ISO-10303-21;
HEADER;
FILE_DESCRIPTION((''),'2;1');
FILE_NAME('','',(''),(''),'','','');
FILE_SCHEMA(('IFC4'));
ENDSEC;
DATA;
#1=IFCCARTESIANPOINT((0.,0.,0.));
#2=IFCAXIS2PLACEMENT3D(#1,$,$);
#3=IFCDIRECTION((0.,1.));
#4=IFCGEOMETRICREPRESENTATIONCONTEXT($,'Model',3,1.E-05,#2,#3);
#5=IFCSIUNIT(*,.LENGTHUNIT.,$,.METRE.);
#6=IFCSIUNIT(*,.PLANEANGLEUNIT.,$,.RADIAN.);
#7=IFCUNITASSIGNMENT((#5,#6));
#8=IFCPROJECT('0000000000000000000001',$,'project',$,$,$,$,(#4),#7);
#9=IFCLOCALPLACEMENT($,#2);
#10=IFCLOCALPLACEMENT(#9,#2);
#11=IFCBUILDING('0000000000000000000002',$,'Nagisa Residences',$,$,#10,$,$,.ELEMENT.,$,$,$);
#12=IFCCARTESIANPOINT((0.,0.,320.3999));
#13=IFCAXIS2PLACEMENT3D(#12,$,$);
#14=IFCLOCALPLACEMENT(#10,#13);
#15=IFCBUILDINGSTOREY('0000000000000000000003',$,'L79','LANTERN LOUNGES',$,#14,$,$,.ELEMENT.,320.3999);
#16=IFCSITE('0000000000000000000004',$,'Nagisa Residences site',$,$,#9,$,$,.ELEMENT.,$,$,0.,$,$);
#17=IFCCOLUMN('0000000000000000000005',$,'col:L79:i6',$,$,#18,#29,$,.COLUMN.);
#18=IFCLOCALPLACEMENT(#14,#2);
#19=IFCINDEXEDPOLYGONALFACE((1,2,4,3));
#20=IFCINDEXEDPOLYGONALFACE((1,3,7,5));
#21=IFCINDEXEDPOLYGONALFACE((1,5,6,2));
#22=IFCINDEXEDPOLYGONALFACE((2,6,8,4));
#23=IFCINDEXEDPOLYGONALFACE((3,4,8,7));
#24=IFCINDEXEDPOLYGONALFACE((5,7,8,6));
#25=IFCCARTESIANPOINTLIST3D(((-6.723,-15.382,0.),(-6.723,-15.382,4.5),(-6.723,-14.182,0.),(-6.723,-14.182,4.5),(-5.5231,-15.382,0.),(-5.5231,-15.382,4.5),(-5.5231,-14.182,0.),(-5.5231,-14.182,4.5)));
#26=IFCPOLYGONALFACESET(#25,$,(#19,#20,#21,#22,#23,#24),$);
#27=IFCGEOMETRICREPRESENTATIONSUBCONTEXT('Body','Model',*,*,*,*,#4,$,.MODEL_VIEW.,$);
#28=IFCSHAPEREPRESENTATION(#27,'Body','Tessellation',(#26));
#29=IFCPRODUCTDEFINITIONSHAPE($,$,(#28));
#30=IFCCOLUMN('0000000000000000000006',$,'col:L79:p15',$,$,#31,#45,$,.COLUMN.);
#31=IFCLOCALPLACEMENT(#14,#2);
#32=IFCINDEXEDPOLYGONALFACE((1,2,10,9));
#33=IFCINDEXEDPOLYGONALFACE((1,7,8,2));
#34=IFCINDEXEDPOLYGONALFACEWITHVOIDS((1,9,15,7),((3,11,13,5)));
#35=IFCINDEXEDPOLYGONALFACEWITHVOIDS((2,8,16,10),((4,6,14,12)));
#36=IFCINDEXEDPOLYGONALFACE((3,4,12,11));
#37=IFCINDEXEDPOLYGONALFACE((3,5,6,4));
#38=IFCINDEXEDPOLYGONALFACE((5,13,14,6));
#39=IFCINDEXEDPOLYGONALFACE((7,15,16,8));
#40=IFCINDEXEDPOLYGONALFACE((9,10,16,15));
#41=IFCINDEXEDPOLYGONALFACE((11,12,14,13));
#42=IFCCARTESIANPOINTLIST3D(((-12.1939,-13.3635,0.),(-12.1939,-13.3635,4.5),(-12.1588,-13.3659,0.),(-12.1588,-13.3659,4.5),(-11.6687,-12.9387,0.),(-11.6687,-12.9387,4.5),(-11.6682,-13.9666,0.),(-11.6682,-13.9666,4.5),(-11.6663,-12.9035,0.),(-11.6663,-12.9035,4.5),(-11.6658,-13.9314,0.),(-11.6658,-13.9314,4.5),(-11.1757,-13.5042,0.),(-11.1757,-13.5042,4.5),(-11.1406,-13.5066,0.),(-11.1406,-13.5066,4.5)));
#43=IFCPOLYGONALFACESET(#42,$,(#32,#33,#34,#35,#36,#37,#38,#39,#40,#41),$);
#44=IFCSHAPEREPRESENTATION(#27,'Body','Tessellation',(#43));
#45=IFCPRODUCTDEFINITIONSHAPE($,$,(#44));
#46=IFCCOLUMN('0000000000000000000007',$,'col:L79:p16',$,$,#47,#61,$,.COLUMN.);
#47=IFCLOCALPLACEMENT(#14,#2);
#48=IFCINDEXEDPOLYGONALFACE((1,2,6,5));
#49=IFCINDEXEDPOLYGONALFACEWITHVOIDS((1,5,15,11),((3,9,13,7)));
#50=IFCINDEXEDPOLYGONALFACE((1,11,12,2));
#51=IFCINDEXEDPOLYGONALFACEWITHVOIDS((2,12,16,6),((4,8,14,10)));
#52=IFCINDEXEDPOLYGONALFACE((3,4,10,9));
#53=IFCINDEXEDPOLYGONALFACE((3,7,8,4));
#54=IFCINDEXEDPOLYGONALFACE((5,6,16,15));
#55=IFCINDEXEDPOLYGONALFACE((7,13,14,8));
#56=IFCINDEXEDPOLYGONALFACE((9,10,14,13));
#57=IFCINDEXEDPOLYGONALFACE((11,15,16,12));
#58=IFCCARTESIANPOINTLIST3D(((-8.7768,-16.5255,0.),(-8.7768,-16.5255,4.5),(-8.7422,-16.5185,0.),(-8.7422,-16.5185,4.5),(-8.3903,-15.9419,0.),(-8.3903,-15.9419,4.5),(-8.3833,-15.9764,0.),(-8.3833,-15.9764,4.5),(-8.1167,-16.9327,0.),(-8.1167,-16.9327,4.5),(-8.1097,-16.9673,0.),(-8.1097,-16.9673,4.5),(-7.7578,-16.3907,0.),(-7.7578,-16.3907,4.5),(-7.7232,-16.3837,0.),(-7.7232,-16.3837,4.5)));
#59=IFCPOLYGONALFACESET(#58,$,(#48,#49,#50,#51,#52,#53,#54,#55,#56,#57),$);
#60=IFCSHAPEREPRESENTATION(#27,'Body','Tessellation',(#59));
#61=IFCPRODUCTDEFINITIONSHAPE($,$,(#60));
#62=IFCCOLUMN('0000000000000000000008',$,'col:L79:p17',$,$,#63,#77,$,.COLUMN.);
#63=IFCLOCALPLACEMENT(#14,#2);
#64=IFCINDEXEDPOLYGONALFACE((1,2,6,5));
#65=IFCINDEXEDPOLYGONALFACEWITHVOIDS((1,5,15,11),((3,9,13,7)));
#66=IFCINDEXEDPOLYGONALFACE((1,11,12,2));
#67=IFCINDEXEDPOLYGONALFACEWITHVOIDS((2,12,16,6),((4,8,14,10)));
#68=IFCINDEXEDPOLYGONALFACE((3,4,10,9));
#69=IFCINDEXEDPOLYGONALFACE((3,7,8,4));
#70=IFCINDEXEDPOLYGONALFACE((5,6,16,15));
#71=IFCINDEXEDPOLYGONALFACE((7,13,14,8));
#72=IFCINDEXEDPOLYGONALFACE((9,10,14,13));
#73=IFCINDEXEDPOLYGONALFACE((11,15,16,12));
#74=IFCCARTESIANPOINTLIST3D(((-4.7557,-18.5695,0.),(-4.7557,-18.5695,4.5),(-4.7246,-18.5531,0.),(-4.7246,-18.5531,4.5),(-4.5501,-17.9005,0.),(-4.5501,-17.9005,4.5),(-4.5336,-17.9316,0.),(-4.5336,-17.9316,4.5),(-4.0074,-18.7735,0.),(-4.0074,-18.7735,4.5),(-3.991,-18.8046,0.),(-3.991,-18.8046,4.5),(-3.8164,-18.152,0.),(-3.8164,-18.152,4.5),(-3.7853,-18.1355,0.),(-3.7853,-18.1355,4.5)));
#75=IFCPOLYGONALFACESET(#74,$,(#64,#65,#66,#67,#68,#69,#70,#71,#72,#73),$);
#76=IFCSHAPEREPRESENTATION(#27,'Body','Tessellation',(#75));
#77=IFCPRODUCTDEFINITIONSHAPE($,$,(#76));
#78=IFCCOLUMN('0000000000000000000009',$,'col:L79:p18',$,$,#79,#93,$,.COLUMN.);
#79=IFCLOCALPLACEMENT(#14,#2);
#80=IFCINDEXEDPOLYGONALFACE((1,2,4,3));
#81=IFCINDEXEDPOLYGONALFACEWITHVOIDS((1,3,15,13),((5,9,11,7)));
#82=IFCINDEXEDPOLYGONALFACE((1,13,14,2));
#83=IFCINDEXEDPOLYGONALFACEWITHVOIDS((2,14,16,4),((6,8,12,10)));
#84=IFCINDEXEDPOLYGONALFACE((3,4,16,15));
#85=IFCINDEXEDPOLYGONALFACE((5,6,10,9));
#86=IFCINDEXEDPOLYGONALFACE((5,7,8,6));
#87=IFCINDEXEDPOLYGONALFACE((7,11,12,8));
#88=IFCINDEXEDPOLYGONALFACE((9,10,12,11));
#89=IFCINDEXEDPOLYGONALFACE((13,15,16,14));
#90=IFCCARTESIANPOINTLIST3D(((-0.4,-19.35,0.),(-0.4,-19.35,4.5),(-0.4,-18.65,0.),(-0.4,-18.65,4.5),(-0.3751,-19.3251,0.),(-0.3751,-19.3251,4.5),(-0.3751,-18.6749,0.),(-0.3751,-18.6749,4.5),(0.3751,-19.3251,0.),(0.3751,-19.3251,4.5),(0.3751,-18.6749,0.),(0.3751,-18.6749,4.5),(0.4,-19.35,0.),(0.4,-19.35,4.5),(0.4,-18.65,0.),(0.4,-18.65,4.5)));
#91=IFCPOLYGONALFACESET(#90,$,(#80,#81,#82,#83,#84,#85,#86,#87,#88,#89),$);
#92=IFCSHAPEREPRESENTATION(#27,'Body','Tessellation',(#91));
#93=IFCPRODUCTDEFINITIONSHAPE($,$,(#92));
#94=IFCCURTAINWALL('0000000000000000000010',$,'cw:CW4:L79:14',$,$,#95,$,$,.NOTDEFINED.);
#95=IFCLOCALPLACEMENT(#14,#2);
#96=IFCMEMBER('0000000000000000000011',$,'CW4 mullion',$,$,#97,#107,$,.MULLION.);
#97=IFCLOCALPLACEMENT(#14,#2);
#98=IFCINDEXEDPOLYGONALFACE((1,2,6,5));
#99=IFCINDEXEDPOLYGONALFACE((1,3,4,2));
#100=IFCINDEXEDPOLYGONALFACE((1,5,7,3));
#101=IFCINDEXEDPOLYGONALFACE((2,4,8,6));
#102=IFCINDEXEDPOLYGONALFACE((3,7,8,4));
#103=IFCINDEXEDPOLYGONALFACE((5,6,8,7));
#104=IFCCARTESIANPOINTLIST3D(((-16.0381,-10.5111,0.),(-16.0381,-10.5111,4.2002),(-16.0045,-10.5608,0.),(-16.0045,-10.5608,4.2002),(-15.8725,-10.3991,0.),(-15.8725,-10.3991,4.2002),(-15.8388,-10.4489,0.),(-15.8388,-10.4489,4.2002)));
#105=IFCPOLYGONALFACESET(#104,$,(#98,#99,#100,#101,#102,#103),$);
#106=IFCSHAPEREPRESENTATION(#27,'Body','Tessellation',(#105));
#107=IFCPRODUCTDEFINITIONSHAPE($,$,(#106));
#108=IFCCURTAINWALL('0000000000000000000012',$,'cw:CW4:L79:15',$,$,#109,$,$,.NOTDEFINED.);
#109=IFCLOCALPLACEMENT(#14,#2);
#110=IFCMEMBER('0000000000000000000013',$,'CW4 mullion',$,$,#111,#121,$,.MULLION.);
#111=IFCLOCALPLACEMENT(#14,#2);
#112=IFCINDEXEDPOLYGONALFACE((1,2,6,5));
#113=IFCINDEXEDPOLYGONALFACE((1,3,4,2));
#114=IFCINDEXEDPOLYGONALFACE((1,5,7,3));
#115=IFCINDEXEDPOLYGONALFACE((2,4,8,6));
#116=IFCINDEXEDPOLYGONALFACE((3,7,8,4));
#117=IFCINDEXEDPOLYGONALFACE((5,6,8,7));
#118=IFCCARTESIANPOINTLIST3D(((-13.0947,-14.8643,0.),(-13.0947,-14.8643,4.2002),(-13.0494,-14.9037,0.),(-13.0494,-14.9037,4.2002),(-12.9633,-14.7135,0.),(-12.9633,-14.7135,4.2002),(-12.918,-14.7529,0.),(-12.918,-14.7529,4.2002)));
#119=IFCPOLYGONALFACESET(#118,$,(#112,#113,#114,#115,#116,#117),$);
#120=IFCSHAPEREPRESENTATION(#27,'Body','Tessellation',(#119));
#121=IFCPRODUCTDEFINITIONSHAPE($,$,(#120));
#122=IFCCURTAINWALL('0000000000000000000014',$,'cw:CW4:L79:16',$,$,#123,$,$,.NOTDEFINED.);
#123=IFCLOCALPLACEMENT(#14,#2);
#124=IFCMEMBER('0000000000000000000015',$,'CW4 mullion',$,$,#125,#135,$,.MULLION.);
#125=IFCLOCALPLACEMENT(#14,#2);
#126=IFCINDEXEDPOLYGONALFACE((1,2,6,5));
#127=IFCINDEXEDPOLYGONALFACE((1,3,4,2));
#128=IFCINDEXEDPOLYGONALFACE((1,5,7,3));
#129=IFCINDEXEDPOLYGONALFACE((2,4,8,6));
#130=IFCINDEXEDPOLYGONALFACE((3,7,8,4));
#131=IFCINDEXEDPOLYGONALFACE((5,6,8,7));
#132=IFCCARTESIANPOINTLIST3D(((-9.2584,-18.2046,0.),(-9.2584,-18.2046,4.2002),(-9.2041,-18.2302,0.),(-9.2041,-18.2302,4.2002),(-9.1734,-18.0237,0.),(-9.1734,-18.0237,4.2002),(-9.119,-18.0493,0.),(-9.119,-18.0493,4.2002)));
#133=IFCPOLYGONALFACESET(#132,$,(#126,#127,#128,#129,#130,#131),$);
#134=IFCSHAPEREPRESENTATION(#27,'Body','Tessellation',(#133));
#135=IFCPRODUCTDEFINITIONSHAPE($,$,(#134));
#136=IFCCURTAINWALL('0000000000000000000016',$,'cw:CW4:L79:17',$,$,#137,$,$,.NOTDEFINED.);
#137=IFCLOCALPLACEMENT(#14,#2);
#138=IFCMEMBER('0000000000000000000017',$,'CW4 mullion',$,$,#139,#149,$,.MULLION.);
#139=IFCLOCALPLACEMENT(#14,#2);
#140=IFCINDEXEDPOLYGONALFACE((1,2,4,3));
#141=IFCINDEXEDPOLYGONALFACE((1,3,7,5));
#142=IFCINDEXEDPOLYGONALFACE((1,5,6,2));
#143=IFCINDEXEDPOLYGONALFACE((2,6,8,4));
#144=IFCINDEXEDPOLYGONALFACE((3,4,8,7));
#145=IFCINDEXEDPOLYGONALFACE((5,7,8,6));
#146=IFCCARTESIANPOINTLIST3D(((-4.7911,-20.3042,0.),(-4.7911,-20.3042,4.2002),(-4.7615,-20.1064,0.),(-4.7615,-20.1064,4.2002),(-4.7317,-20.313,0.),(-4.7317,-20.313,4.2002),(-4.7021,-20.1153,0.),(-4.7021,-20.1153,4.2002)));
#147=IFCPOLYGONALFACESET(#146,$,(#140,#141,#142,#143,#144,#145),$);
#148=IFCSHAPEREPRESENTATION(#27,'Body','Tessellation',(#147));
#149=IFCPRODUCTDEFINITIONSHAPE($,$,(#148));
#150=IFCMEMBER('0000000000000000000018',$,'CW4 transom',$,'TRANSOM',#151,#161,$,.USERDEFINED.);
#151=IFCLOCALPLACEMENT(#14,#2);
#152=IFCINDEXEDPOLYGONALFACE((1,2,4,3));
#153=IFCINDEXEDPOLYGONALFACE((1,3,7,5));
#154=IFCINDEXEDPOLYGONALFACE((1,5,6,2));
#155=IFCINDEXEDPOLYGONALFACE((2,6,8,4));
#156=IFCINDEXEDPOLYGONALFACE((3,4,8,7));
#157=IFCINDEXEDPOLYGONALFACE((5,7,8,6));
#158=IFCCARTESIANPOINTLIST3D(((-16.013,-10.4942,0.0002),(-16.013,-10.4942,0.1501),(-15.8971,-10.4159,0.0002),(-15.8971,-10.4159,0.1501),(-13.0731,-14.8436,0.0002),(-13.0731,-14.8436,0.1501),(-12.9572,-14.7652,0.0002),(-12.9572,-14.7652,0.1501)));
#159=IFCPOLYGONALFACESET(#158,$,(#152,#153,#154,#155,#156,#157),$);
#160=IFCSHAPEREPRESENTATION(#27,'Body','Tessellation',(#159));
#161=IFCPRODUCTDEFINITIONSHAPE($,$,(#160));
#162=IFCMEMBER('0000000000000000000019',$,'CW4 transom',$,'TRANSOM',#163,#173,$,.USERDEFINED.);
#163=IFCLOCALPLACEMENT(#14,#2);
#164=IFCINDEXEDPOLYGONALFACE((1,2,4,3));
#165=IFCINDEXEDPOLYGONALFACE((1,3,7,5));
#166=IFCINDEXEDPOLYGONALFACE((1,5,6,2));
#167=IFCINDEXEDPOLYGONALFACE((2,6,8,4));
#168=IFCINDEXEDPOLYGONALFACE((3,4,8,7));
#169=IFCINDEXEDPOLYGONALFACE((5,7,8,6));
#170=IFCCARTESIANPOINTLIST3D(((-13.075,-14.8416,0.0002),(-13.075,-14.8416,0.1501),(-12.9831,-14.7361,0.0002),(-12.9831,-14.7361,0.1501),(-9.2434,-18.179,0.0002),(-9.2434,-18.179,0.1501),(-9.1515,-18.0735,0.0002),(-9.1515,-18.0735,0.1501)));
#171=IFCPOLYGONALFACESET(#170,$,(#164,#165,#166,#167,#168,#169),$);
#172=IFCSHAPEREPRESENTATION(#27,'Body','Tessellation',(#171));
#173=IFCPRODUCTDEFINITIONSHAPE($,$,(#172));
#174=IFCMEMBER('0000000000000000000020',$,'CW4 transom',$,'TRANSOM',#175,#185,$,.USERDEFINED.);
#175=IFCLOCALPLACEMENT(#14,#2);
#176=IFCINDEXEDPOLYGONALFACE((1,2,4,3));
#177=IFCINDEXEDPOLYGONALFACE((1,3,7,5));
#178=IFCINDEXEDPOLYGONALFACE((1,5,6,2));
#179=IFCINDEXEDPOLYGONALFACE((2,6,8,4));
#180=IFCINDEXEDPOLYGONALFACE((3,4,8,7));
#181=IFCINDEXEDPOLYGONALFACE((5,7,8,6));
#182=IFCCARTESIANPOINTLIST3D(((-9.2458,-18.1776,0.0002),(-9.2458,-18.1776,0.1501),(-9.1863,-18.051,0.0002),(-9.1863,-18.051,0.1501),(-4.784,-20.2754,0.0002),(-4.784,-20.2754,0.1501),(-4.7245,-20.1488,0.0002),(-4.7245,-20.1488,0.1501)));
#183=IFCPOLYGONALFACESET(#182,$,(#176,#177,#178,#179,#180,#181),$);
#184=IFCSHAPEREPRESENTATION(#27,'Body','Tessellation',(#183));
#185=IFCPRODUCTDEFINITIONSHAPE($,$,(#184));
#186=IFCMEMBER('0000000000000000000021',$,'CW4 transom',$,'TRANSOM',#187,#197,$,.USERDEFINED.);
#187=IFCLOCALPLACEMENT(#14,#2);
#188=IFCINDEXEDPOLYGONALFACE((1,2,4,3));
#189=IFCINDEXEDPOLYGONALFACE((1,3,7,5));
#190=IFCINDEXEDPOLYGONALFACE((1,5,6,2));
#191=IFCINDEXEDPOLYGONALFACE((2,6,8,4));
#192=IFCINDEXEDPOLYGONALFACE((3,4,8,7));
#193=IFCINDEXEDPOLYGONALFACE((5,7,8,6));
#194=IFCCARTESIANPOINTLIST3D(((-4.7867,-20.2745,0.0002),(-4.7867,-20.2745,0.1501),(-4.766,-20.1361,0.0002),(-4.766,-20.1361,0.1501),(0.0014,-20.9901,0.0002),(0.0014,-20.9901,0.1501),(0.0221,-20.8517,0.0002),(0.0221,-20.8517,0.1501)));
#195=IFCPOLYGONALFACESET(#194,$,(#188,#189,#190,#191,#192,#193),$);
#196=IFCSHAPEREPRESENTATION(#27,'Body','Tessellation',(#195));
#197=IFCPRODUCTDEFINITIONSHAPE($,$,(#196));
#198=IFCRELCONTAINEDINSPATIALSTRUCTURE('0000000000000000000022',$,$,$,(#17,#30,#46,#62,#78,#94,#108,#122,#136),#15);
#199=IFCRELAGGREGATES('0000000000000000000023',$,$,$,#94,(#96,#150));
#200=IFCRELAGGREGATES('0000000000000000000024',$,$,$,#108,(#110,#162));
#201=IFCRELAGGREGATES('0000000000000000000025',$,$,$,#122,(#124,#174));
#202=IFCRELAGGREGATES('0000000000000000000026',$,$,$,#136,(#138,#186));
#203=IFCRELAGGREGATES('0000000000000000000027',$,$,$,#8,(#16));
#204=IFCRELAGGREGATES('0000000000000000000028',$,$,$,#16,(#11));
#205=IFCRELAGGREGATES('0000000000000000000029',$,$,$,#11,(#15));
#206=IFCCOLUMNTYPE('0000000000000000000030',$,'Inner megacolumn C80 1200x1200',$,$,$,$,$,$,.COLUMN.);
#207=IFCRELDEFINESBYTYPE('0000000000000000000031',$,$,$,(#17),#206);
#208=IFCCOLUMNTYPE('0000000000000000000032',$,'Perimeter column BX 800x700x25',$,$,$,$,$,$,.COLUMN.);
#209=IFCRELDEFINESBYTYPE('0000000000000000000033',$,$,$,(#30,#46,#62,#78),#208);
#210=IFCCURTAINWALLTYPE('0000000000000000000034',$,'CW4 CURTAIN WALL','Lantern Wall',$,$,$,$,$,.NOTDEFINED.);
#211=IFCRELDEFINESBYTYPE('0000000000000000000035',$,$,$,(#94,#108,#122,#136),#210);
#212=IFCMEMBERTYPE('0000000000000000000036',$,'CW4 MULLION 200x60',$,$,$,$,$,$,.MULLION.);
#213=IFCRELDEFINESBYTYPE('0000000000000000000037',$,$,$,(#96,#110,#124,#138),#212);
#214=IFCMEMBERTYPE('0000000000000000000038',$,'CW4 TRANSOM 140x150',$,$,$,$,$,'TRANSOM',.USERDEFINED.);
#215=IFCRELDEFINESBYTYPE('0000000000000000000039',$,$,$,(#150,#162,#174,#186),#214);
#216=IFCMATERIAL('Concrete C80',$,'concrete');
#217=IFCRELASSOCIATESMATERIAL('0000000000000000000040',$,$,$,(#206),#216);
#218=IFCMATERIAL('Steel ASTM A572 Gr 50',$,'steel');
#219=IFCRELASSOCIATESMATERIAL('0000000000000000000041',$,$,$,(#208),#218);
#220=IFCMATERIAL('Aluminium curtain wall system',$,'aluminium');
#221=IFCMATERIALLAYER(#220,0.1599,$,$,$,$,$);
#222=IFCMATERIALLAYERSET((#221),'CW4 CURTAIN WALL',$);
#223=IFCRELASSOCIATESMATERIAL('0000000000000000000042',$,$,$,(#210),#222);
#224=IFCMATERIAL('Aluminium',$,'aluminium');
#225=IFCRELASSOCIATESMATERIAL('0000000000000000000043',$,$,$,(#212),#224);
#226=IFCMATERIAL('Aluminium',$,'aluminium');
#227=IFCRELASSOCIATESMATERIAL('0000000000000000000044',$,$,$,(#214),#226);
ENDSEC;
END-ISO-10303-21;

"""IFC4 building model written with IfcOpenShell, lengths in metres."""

from ifc_helpers import new_model, si_unit, direction, frame, origin, origin_2d, place, context, subcontext, project, spatial, rectangle, hollow_rectangle, extrude, material, layer, layer_set, material_profile, profile_set, type_object, element, aggregate, save


model = new_model("IFC4")

# Units and contexts
model_context = context("Model", 3, precision=1e-05, world=origin(), true_north=direction((0.0, 1.0)))
body_context = subcontext(model_context, "Body", "Model", "MODEL_VIEW")
ifc_project = project(units=[si_unit("LENGTHUNIT", "METRE"), si_unit("PLANEANGLEUNIT", "RADIAN")], contexts=[model_context])

# Site, building, storey
site_placement = place(None, origin())
site = spatial("IfcSite", under=ifc_project, at=site_placement, Name="Nagisa Residences site", CompositionType="ELEMENT", RefElevation=0.0)
building_placement = place(site_placement, origin())
building = spatial("IfcBuilding", under=site, at=building_placement, Name="Nagisa Residences", CompositionType="ELEMENT")
storey_placement = place(building_placement, frame((0.0, 0.0, 320.3999)))
storey = spatial("IfcBuildingStorey", under=building, at=storey_placement, Name="L79", Description="LANTERN LOUNGES", CompositionType="ELEMENT", Elevation=320.3999)

# Columns
ifc_material_1 = material(Name="Concrete C80", Category="concrete")
ifc_material_profile_1 = material_profile(ifc_material_1, rectangle(XDim=1.2, YDim=1.2, at=origin_2d()), Name="C80 1200x1200")
ifc_profile_set_1 = profile_set([ifc_material_profile_1], Name="Concrete C80")
column_type_1 = type_object("IfcColumnType", Name="Inner megacolumn C80 1200x1200", PredefinedType="COLUMN", material=ifc_profile_set_1)
column_placement = place(storey_placement, frame((-6.123, -14.782, 0.0), z_axis=(0.0, 0.0, 1.0), x_axis=(1.0, 0.0, 0.0)))
element("IfcColumn", 1, at=column_placement, inside=storey, type_object=column_type_1, Name="col:L79:i6", PredefinedType="COLUMN", context=body_context, shape_type="SweptSolid", body=[
    extrude(rectangle(XDim=1.2, YDim=1.2, at=origin_2d()), origin(), (0.0, 0.0, 1.0), 4.5),
])
ifc_material_2 = material(Name="Steel ASTM A572 Gr 50", Category="steel")
ifc_material_profile_2 = material_profile(ifc_material_2, hollow_rectangle(XDim=0.8, YDim=0.7, WallThickness=0.0249, at=origin_2d()), Name="BX 800x700x25")
ifc_profile_set_2 = profile_set([ifc_material_profile_2], Name="Steel ASTM A572 Gr 50")
column_type_2 = type_object("IfcColumnType", Name="Perimeter column BX 800x700x25", PredefinedType="COLUMN", material=ifc_profile_set_2)
for number, where, z_axis, x_axis, name in (
    (2, (-11.6672, -13.4351, 0.0), (0.0, 0.0, 1.0), (0.657135, -0.753773, 0.0), "col:L79:p15"),
    (3, (-8.25, -16.4546, 0.0), (0.0, 0.0, 1.0), (0.833744, -0.552151, 0.0), "col:L79:p16"),
    (4, (-4.2705, -18.3525, 0.0), (0.0, 0.0, 1.0), (0.95587, -0.29379, 0.0), "col:L79:p17"),
    (5, (0.0, -19.0, 0.0), (0.0, 0.0, 1.0), (1.0, 0.0, 0.0), "col:L79:p18"),
):
    element("IfcColumn", number, at=place(storey_placement, frame(where, z_axis=z_axis, x_axis=x_axis)), inside=storey, type_object=column_type_2, Name=name, PredefinedType="COLUMN", context=body_context, shape_type="SweptSolid", body=[
        extrude(hollow_rectangle(XDim=0.8, YDim=0.7, WallThickness=0.0249, at=origin_2d()), origin(), (0.0, 0.0, 1.0), 4.5),
    ])

# Curtain walls, members
ifc_material_3 = material(Name="Aluminium curtain wall system", Category="aluminium")
ifc_layer_1 = layer(ifc_material_3, 0.1599)
ifc_layer_set_1 = layer_set([ifc_layer_1], Name="CW4 CURTAIN WALL")
curtain_wall_type = type_object("IfcCurtainWallType", Name="CW4 CURTAIN WALL", Description="Lantern Wall", PredefinedType="NOTDEFINED", material=ifc_layer_set_1)
curtain_wall_1_placement = place(storey_placement, origin())
curtain_wall_1 = element("IfcCurtainWall", 6, at=curtain_wall_1_placement, inside=storey, type_object=curtain_wall_type, Name="cw:CW4:L79:14", PredefinedType="NOTDEFINED")
ifc_material_4 = material(Name="Aluminium", Category="aluminium")
ifc_material_profile_3 = material_profile(ifc_material_4, rectangle(XDim=0.2, YDim=0.0601, at=origin_2d()), Name="CW4 MULLION 200x60")
ifc_profile_set_3 = profile_set([ifc_material_profile_3], Name="Aluminium")
member_type_1 = type_object("IfcMemberType", Name="CW4 MULLION 200x60", PredefinedType="MULLION", material=ifc_profile_set_3)
member_1_placement = place(storey_placement, frame((-15.9385, -10.48, 0.0), z_axis=(0.0, 0.0, 1.0), x_axis=(0.828473, 0.56003, 0.0)))
member_1 = element("IfcMember", 7, at=member_1_placement, type_object=member_type_1, Name="CW4 mullion", PredefinedType="MULLION", context=body_context, shape_type="SweptSolid", body=[
    extrude(rectangle(XDim=0.2, YDim=0.0601, at=origin_2d()), origin(), (0.0, 0.0, 1.0), 4.2002),
])
curtain_wall_2_placement = place(storey_placement, origin())
curtain_wall_2 = element("IfcCurtainWall", 8, at=curtain_wall_2_placement, inside=storey, type_object=curtain_wall_type, Name="cw:CW4:L79:15", PredefinedType="NOTDEFINED")
member_2_placement = place(storey_placement, frame((-13.0063, -14.8086, 0.0), z_axis=(0.0, 0.0, 1.0), x_axis=(0.656803, 0.754062, 0.0)))
member_2 = element("IfcMember", 9, at=member_2_placement, type_object=member_type_1, Name="CW4 mullion", PredefinedType="MULLION", context=body_context, shape_type="SweptSolid", body=[
    extrude(rectangle(XDim=0.2, YDim=0.0601, at=origin_2d()), origin(), (0.0, 0.0, 1.0), 4.2002),
])
curtain_wall_3_placement = place(storey_placement, origin())
curtain_wall_3 = element("IfcCurtainWall", 10, at=curtain_wall_3_placement, inside=storey, type_object=curtain_wall_type, Name="cw:CW4:L79:16", PredefinedType="NOTDEFINED")
member_3_placement = place(storey_placement, frame((-9.1887, -18.127, 0.0), z_axis=(0.0, 0.0, 1.0), x_axis=(0.425501, 0.904958, 0.0)))
member_3 = element("IfcMember", 11, at=member_3_placement, type_object=member_type_1, Name="CW4 mullion", PredefinedType="MULLION", context=body_context, shape_type="SweptSolid", body=[
    extrude(rectangle(XDim=0.2, YDim=0.0601, at=origin_2d()), origin(), (0.0, 0.0, 1.0), 4.2002),
])
curtain_wall_4_placement = place(storey_placement, origin())
curtain_wall_4 = element("IfcCurtainWall", 12, at=curtain_wall_4_placement, inside=storey, type_object=curtain_wall_type, Name="cw:CW4:L79:17", PredefinedType="NOTDEFINED")
member_4_placement = place(storey_placement, frame((-4.7466, -20.2097, 0.0), z_axis=(0.0, 0.0, 1.0), x_axis=(0.147802, 0.989017, 0.0)))
member_4 = element("IfcMember", 13, at=member_4_placement, type_object=member_type_1, Name="CW4 mullion", PredefinedType="MULLION", context=body_context, shape_type="SweptSolid", body=[
    extrude(rectangle(XDim=0.2, YDim=0.0601, at=origin_2d()), origin(), (0.0, 0.0, 1.0), 4.2002),
])

# Members
ifc_material_5 = material(Name="Aluminium", Category="aluminium")
ifc_material_profile_4 = material_profile(ifc_material_5, rectangle(XDim=0.1399, YDim=0.1499, at=origin_2d()), Name="CW4 TRANSOM 140x150")
ifc_profile_set_4 = profile_set([ifc_material_profile_4], Name="Aluminium")
member_type_2 = type_object("IfcMemberType", Name="CW4 TRANSOM 140x150", ElementType="TRANSOM", PredefinedType="USERDEFINED", material=ifc_profile_set_4)
member_5_placement = place(storey_placement, frame((-15.9551, -10.4551, 0.0752), z_axis=(0.560012, -0.828485, 0.0), x_axis=(0.828485, 0.560012, 0.0)))
member_5 = element("IfcMember", 14, at=member_5_placement, type_object=member_type_2, Name="CW4 transom", ObjectType="TRANSOM", PredefinedType="USERDEFINED", context=body_context, shape_type="SweptSolid", body=[
    extrude(rectangle(XDim=0.1399, YDim=0.1499, at=origin_2d()), origin(), (0.0, 0.0, 1.0), 5.2498),
])
member_6_placement = place(storey_placement, frame((-13.0291, -14.7888, 0.0752), z_axis=(0.754057, -0.656809, 0.0), x_axis=(0.656809, 0.754057, 0.0)))
member_6 = element("IfcMember", 15, at=member_6_placement, type_object=member_type_2, Name="CW4 transom", ObjectType="TRANSOM", PredefinedType="USERDEFINED", context=body_context, shape_type="SweptSolid", body=[
    extrude(rectangle(XDim=0.1399, YDim=0.1499, at=origin_2d()), origin(), (0.0, 0.0, 1.0), 5.0813),
])
member_7_placement = place(storey_placement, frame((-9.2161, -18.1143, 0.0752), z_axis=(0.904961, -0.425494, 0.0), x_axis=(0.425494, 0.904961, 0.0)))
member_7 = element("IfcMember", 16, at=member_7_placement, type_object=member_type_2, Name="CW4 transom", ObjectType="TRANSOM", PredefinedType="USERDEFINED", context=body_context, shape_type="SweptSolid", body=[
    extrude(rectangle(XDim=0.1399, YDim=0.1499, at=origin_2d()), origin(), (0.0, 0.0, 1.0), 4.9304),
])
member_8_placement = place(storey_placement, frame((-4.7764, -20.2053, 0.0752), z_axis=(0.989016, -0.147808, 0.0), x_axis=(0.147808, 0.989016, 0.0)))
member_8 = element("IfcMember", 17, at=member_8_placement, type_object=member_type_2, Name="CW4 transom", ObjectType="TRANSOM", PredefinedType="USERDEFINED", context=body_context, shape_type="SweptSolid", body=[
    extrude(rectangle(XDim=0.1399, YDim=0.1499, at=origin_2d()), origin(), (0.0, 0.0, 1.0), 4.8413),
])

aggregate(curtain_wall_1, [member_1, member_5])
aggregate(curtain_wall_2, [member_2, member_6])
aggregate(curtain_wall_3, [member_3, member_7])
aggregate(curtain_wall_4, [member_4, member_8])

save(model, "model.ifc")
